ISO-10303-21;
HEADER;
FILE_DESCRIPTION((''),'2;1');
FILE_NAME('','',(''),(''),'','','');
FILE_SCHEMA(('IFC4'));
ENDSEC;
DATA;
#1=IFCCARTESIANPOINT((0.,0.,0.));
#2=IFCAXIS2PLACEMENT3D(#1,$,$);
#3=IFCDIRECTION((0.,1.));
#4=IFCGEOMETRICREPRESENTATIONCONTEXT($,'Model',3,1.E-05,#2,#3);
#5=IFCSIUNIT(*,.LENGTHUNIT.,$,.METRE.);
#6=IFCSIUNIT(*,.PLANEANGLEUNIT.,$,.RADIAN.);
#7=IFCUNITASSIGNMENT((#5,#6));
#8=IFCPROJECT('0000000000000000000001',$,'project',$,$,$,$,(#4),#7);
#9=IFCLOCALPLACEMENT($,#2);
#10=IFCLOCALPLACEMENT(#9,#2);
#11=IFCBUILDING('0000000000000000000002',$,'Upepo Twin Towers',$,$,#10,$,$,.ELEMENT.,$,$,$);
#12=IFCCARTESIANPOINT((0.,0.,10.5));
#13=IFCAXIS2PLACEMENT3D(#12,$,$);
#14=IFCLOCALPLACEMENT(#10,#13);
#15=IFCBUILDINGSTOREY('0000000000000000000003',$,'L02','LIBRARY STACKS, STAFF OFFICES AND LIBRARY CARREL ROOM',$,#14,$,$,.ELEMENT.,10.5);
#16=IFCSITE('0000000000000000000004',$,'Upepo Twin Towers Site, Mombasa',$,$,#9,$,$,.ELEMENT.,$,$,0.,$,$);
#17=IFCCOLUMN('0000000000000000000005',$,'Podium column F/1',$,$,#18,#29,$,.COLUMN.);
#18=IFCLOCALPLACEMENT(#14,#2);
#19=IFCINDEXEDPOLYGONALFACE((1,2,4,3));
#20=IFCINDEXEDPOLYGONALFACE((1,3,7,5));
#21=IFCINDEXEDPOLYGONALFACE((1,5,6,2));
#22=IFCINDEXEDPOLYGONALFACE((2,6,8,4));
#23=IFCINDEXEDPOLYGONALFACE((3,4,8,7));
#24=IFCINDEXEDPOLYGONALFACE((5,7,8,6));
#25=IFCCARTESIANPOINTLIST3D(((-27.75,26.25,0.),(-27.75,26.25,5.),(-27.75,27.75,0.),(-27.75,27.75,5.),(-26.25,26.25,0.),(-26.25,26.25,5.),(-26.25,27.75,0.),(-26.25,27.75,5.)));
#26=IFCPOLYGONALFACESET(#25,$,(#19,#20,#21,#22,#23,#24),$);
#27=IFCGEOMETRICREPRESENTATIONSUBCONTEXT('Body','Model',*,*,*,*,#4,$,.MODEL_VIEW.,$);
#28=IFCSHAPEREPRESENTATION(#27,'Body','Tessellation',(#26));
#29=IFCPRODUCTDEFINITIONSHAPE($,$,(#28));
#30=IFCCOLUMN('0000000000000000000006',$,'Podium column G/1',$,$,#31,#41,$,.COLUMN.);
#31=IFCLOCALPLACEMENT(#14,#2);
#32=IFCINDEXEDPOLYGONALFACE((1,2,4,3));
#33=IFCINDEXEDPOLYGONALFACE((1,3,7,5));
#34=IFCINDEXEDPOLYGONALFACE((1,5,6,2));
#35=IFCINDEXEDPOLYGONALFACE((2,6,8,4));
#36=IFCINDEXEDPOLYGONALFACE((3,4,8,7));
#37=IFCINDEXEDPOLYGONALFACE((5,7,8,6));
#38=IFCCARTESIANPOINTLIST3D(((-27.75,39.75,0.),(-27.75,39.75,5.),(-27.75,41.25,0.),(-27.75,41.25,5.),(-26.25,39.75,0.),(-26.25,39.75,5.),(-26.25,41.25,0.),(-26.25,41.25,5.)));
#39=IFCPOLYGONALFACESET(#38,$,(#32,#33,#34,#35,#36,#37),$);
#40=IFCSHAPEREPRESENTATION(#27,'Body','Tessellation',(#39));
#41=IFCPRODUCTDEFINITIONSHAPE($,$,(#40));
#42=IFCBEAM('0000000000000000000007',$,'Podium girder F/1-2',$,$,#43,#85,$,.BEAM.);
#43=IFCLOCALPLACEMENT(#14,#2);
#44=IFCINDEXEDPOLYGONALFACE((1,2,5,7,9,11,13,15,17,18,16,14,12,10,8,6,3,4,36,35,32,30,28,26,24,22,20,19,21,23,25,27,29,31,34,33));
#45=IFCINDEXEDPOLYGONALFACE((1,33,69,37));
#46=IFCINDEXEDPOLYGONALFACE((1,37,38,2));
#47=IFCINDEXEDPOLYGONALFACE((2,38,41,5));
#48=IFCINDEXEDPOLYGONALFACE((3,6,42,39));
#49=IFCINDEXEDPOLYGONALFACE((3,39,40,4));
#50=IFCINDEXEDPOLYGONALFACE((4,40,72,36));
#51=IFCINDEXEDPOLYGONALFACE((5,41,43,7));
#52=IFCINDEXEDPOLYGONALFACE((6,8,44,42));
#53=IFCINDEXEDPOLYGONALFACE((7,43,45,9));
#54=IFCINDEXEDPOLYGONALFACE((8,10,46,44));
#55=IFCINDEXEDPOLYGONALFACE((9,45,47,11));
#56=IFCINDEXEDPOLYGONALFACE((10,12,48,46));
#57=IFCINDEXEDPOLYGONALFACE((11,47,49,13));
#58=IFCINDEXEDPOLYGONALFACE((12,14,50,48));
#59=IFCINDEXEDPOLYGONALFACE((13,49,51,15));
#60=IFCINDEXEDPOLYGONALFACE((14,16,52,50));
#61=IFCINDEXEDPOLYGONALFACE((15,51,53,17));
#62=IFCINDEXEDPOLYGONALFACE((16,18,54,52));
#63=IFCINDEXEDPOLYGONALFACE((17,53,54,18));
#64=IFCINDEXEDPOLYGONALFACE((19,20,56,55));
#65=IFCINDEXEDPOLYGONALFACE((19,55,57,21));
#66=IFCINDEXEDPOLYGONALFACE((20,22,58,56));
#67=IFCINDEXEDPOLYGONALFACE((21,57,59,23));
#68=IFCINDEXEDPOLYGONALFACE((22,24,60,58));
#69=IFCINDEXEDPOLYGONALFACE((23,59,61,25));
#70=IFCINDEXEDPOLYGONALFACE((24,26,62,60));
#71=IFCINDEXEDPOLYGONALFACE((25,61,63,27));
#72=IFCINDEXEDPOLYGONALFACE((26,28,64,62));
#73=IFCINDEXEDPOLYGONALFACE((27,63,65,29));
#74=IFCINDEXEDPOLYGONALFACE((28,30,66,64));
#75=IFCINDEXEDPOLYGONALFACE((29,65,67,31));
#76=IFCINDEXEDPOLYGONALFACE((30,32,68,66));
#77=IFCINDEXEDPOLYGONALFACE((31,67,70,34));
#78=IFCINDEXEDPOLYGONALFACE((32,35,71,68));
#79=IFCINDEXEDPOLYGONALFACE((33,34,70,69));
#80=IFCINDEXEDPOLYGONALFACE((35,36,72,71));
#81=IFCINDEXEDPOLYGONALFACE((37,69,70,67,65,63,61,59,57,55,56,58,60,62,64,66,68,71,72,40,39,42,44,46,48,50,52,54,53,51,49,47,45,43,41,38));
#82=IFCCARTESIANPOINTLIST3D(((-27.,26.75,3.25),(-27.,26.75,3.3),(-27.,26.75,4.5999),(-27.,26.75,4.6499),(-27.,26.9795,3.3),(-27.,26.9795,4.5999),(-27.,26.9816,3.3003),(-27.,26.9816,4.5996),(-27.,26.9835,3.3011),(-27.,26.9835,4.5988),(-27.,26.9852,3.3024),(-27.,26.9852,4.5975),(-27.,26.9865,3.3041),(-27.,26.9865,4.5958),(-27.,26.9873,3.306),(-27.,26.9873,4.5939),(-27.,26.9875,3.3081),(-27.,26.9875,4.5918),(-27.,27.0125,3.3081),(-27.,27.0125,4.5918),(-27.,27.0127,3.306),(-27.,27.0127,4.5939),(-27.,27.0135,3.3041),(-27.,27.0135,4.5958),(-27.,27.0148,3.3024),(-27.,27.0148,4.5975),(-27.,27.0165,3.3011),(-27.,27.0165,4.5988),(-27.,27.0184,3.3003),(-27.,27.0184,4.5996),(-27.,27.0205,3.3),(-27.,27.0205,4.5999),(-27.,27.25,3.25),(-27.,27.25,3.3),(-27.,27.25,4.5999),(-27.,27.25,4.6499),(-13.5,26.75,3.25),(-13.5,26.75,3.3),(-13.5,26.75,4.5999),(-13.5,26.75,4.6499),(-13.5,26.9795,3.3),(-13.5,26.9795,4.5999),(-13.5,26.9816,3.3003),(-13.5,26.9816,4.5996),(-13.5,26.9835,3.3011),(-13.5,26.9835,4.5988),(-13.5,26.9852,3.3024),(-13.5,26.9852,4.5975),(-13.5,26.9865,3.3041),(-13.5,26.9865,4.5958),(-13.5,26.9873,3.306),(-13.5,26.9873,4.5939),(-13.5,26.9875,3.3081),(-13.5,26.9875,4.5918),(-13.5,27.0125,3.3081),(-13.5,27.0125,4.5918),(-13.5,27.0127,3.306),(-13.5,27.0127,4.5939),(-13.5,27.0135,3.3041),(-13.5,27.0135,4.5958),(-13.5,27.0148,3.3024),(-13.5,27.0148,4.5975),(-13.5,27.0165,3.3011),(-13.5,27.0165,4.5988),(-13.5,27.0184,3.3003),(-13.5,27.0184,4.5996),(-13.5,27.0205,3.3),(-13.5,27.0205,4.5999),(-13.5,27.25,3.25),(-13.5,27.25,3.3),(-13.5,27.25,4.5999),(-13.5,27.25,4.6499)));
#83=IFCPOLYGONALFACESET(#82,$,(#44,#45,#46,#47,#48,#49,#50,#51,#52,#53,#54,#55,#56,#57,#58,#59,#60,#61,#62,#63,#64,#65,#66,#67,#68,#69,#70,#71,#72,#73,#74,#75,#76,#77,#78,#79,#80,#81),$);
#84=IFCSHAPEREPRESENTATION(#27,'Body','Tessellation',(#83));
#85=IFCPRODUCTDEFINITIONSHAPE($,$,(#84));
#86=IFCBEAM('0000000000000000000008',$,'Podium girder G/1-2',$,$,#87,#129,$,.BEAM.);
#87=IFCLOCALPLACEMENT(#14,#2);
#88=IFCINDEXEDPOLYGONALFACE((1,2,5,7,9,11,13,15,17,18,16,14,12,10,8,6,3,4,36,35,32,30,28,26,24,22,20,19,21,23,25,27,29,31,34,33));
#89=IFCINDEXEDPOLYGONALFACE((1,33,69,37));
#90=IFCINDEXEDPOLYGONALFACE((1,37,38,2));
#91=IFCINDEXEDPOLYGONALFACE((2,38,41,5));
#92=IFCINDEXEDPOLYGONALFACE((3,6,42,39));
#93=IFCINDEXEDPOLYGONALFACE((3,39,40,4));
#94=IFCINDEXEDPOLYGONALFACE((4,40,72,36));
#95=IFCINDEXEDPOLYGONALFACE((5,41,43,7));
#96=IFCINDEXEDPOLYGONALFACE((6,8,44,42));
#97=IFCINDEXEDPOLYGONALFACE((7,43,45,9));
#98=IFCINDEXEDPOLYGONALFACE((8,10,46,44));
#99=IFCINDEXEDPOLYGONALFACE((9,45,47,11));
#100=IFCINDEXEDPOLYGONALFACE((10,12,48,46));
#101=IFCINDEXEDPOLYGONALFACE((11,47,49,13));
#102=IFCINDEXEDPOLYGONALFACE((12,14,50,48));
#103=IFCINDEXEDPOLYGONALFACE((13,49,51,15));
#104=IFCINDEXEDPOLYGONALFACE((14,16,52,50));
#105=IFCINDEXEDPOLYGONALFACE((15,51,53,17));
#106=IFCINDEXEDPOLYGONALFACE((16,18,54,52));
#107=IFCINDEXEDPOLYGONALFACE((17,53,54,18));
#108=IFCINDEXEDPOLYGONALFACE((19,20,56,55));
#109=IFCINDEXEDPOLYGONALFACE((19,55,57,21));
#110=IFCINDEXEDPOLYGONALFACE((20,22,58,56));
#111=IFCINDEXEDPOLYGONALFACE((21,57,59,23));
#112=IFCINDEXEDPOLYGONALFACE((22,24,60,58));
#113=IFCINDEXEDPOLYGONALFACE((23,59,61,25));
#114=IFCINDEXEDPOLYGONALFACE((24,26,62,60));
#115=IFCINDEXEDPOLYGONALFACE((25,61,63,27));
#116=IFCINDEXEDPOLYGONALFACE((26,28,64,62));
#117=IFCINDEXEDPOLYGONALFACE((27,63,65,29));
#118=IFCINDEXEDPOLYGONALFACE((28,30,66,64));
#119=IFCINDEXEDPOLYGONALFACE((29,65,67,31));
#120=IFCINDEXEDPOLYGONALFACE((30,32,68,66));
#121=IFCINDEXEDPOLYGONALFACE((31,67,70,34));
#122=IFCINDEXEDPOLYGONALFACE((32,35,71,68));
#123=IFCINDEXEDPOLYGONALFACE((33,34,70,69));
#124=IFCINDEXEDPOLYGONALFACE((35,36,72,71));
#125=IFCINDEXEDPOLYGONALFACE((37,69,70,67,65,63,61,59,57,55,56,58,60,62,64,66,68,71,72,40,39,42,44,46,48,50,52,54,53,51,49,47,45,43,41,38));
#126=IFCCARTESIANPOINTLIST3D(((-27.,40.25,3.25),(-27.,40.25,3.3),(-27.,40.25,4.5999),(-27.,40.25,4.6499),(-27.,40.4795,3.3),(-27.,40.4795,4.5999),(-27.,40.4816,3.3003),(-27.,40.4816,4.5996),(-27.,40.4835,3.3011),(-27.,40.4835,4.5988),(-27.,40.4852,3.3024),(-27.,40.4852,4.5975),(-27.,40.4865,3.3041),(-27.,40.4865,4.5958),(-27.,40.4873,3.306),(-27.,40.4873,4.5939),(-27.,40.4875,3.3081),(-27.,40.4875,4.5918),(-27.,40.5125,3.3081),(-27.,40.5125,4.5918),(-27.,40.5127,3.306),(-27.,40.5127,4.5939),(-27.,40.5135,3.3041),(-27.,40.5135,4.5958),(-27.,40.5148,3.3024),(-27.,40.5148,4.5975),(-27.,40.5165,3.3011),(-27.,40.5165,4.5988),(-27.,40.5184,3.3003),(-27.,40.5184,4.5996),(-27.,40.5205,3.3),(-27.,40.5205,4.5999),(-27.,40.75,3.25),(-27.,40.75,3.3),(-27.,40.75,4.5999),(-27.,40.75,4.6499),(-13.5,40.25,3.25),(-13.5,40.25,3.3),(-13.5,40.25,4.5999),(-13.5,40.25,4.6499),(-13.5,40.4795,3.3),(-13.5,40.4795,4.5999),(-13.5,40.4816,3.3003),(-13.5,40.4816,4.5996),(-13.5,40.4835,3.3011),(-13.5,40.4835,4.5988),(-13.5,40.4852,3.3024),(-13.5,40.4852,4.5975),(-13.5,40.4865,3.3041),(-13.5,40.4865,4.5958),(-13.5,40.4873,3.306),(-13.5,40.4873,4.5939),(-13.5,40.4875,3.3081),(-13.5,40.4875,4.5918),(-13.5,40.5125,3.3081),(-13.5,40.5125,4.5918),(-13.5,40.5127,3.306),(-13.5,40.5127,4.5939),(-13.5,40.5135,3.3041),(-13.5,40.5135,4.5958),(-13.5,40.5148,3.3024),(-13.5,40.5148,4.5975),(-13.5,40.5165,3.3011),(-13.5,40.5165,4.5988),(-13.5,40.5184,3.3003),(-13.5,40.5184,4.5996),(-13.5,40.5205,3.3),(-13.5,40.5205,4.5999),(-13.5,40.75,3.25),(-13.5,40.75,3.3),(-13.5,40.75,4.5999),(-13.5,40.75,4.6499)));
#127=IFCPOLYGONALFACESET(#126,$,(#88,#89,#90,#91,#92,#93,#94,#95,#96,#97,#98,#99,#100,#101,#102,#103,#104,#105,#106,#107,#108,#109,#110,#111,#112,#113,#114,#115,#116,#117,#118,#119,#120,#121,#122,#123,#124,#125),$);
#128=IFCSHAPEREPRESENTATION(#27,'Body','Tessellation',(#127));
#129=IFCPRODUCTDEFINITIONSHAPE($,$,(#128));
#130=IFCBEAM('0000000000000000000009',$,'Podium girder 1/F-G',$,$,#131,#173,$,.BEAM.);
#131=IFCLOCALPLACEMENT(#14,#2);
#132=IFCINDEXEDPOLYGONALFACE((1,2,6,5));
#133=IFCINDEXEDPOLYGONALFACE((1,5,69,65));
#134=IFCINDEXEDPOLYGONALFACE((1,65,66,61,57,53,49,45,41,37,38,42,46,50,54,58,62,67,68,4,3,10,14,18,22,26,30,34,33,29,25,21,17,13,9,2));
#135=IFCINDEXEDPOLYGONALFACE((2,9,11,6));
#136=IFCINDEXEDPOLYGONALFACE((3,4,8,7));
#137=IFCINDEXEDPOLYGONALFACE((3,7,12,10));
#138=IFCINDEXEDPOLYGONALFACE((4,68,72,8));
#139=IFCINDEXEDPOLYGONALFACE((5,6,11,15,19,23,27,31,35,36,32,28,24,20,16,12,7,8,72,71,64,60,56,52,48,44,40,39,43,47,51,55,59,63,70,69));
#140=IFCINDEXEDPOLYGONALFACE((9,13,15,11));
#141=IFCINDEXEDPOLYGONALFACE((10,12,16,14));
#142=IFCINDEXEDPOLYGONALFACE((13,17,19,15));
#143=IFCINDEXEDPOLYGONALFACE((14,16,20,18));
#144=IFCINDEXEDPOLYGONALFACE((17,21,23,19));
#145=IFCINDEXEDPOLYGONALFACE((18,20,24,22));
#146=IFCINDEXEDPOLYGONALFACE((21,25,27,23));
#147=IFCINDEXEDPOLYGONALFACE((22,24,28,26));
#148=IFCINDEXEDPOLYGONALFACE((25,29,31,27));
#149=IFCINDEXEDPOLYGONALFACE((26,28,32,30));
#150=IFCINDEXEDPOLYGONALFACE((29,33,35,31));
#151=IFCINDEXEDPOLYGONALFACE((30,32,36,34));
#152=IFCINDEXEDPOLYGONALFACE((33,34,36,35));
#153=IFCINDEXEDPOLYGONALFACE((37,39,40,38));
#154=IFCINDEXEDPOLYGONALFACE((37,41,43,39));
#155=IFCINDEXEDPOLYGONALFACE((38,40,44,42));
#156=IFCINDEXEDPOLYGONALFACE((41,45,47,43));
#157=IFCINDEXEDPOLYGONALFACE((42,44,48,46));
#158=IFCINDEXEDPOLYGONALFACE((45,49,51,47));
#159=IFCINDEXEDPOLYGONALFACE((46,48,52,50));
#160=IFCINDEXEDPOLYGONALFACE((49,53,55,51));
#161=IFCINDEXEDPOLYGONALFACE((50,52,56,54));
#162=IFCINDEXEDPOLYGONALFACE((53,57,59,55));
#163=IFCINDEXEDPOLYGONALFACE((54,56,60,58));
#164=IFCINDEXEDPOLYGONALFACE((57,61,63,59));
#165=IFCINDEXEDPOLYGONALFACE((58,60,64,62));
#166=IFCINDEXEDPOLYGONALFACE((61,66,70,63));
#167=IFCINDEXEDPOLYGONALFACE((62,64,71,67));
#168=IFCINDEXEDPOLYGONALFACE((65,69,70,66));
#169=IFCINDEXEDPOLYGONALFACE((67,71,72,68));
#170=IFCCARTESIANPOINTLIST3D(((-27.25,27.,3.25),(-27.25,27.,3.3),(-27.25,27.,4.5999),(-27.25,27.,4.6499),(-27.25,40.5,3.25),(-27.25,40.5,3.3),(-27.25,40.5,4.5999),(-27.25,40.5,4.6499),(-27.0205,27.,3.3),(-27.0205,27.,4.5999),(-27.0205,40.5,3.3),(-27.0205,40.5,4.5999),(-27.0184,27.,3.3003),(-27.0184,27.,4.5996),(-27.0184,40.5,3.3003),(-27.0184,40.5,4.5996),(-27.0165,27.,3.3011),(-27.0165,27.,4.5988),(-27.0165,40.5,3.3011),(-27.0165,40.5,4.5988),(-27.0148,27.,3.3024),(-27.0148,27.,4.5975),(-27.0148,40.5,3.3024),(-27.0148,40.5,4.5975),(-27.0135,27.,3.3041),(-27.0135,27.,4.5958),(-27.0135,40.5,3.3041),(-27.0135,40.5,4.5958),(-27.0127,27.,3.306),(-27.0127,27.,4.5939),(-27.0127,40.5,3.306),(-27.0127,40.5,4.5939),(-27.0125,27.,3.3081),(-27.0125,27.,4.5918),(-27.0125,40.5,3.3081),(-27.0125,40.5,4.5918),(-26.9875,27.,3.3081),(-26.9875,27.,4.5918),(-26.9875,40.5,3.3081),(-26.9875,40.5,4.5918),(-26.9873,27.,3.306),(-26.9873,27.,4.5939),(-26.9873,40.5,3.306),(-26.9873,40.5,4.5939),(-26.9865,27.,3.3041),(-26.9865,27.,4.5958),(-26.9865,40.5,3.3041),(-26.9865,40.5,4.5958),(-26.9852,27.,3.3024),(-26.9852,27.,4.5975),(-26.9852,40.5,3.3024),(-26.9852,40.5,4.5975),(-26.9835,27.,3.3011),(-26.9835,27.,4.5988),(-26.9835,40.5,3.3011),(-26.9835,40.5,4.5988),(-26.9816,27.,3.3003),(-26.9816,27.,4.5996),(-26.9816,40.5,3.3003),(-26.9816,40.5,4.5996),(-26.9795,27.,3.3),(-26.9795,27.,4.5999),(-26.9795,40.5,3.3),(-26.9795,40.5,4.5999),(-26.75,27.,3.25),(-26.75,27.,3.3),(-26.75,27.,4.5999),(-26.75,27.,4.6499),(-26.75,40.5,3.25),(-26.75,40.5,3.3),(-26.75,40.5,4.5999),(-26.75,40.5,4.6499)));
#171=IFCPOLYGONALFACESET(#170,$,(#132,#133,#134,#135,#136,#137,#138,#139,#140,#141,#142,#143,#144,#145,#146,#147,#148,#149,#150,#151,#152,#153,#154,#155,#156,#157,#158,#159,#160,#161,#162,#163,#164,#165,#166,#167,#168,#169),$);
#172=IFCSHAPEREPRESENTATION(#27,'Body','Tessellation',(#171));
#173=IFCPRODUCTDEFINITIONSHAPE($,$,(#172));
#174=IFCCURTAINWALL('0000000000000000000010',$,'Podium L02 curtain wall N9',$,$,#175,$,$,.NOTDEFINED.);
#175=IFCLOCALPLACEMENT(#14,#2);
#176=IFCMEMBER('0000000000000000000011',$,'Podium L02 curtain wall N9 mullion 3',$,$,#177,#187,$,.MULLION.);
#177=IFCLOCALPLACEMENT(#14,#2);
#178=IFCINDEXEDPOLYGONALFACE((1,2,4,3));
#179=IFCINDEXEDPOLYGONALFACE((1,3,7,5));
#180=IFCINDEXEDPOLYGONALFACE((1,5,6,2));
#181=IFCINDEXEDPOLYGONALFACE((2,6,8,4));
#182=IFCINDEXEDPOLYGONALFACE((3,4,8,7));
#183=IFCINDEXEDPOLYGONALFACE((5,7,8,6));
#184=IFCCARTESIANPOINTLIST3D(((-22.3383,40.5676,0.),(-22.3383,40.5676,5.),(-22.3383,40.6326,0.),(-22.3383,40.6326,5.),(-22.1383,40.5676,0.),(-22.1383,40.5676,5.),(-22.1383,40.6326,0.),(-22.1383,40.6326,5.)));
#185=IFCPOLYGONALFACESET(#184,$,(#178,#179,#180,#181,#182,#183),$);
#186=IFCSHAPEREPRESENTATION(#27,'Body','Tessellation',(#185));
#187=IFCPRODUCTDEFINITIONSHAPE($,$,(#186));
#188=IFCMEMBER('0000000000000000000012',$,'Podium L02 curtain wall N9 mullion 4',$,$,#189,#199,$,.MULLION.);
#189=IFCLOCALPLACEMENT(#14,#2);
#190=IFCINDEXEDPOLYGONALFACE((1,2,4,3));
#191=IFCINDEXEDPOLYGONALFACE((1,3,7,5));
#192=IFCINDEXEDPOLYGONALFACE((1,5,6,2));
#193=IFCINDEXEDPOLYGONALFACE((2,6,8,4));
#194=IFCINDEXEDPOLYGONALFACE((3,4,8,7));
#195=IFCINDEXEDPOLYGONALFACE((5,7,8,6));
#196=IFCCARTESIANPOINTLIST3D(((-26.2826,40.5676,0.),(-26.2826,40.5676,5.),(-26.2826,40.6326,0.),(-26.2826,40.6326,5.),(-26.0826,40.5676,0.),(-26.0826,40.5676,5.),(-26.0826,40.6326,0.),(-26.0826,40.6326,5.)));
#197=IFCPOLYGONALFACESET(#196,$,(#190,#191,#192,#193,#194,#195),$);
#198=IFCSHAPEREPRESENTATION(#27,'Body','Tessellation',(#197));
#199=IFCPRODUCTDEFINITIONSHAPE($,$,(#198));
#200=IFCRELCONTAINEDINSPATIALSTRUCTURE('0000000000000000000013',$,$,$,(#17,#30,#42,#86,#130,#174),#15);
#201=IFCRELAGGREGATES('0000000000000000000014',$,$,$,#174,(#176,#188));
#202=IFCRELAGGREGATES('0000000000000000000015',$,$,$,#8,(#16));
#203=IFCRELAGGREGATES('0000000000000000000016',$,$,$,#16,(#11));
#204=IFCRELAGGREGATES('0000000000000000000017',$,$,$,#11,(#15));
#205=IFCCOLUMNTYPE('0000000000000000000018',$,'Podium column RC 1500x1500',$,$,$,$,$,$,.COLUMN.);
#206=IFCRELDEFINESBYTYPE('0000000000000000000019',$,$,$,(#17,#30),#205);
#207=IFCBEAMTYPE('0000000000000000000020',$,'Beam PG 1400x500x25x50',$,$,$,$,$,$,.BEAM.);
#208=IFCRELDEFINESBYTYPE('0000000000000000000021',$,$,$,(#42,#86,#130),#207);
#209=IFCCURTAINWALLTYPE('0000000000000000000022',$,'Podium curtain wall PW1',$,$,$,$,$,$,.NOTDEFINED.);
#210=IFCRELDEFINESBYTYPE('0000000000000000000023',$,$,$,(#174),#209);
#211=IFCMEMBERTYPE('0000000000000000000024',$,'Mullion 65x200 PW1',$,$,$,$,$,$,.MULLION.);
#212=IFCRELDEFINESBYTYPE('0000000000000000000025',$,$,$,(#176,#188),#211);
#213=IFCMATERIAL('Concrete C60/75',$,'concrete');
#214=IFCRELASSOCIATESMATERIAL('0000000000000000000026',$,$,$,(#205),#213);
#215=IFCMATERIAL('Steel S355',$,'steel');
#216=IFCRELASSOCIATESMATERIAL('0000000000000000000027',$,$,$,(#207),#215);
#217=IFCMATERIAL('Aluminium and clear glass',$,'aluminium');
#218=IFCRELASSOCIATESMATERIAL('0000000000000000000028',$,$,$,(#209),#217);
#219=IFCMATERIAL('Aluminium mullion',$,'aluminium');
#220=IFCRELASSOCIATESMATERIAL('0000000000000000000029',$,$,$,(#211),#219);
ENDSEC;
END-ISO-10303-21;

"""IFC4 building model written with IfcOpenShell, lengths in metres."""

from ifc_helpers import new_model, si_unit, direction, frame, origin, origin_2d, place, context, subcontext, project, spatial, rectangle, i_section, extrude, material, material_profile, profile_set, type_object, element, aggregate, save


model = new_model("IFC4")

# Units and contexts
model_context = context("Model", 3, precision=1e-05, world=origin(), true_north=direction((0.0, 1.0)))
body_context = subcontext(model_context, "Body", "Model", "MODEL_VIEW")
ifc_project = project(units=[si_unit("LENGTHUNIT", "METRE"), si_unit("PLANEANGLEUNIT", "RADIAN")], contexts=[model_context])

# Site, building, storey
site_placement = place(None, origin())
site = spatial("IfcSite", under=ifc_project, at=site_placement, Name="Upepo Twin Towers Site, Mombasa", CompositionType="ELEMENT", RefElevation=0.0)
building_placement = place(site_placement, origin())
building = spatial("IfcBuilding", under=site, at=building_placement, Name="Upepo Twin Towers", CompositionType="ELEMENT")
storey_placement = place(building_placement, frame((0.0, 0.0, 10.5)))
storey = spatial("IfcBuildingStorey", under=building, at=storey_placement, Name="L02", Description="LIBRARY STACKS, STAFF OFFICES AND LIBRARY CARREL ROOM", CompositionType="ELEMENT", Elevation=10.5)

# Columns
ifc_material_1 = material(Name="Concrete C60/75", Category="concrete")
ifc_material_profile_1 = material_profile(ifc_material_1, rectangle(XDim=1.5, YDim=1.5, at=origin_2d()), Name="RC 1500x1500")
ifc_profile_set_1 = profile_set([ifc_material_profile_1], Name="Concrete C60/75")
column_type = type_object("IfcColumnType", Name="Podium column RC 1500x1500", PredefinedType="COLUMN", material=ifc_profile_set_1)
for number, where, z_axis, x_axis, name in (
    (1, (-27.0, 27.0, 0.0), (0.0, 0.0, 1.0), (1.0, 0.0, 0.0), "Podium column F/1"),
    (2, (-27.0, 40.5, 0.0), (0.0, 0.0, 1.0), (1.0, 0.0, 0.0), "Podium column G/1"),
):
    element("IfcColumn", number, at=place(storey_placement, frame(where, z_axis=z_axis, x_axis=x_axis)), inside=storey, type_object=column_type, Name=name, PredefinedType="COLUMN", context=body_context, shape_type="SweptSolid", body=[
        extrude(rectangle(XDim=1.5, YDim=1.5, at=origin_2d()), origin(), (0.0, 0.0, 1.0), 5.0),
    ])

# Beams
ifc_material_2 = material(Name="Steel S355", Category="steel")
ifc_material_profile_2 = material_profile(ifc_material_2, i_section(OverallWidth=0.5, OverallDepth=1.3999, WebThickness=0.0249, FlangeThickness=0.05, FilletRadius=0.0081, at=origin_2d()), Name="PG 1400x500x25x50")
ifc_profile_set_2 = profile_set([ifc_material_profile_2], Name="Steel S355")
beam_type_1 = type_object("IfcBeamType", Name="Beam PG 1400x500x25x50", PredefinedType="BEAM", material=ifc_profile_set_2)
for number, where, z_axis, x_axis, name in (
    (3, (-27.0, 27.0, 3.95), (1.0, 0.0, 0.0), (0.0, 1.0, 0.0), "Podium girder F/1-2"),
    (4, (-27.0, 40.5, 3.95), (1.0, 0.0, 0.0), (0.0, 1.0, 0.0), "Podium girder G/1-2"),
    (5, (-27.0, 27.0, 3.95), (0.0, 1.0, 0.0), (-1.0, 0.0, 0.0), "Podium girder 1/F-G"),
):
    element("IfcBeam", number, at=place(storey_placement, frame(where, z_axis=z_axis, x_axis=x_axis)), inside=storey, type_object=beam_type_1, Name=name, PredefinedType="BEAM", context=body_context, shape_type="SweptSolid", body=[
        extrude(i_section(OverallWidth=0.5, OverallDepth=1.3999, WebThickness=0.0249, FlangeThickness=0.05, FilletRadius=0.0081, at=origin_2d()), origin(), (0.0, 0.0, 1.0), 13.5),
    ])

# Curtain wall, members
ifc_material_3 = material(Name="Aluminium and clear glass", Category="aluminium")
curtain_wall_type = type_object("IfcCurtainWallType", Name="Podium curtain wall PW1", PredefinedType="NOTDEFINED", material=ifc_material_3)
curtain_wall_1_placement = place(storey_placement, origin())
curtain_wall_1 = element("IfcCurtainWall", 6, at=curtain_wall_1_placement, inside=storey, type_object=curtain_wall_type, Name="Podium L02 curtain wall N9", PredefinedType="NOTDEFINED")
ifc_material_4 = material(Name="Aluminium mullion", Category="aluminium")
ifc_material_profile_3 = material_profile(ifc_material_4, rectangle(XDim=0.0649, YDim=0.2, at=origin_2d()), Name="MULLION 65x200 PODIUM")
ifc_profile_set_3 = profile_set([ifc_material_profile_3], Name="Aluminium mullion")
member_type_1 = type_object("IfcMemberType", Name="Mullion 65x200 PW1", PredefinedType="MULLION", material=ifc_profile_set_3)
member_1_placement = place(storey_placement, frame((-22.2383, 40.6001, 0.0), z_axis=(0.0, 0.0, 1.0), x_axis=(0.0, -1.0, 0.0)))
member_1 = element("IfcMember", 7, at=member_1_placement, type_object=member_type_1, Name="Podium L02 curtain wall N9 mullion 3", PredefinedType="MULLION", context=body_context, shape_type="SweptSolid", body=[
    extrude(rectangle(XDim=0.0649, YDim=0.2, at=origin_2d()), origin(), (0.0, 0.0, 1.0), 5.0),
])
member_2_placement = place(storey_placement, frame((-26.1826, 40.6001, 0.0), z_axis=(0.0, 0.0, 1.0), x_axis=(0.0, -1.0, 0.0)))
member_2 = element("IfcMember", 8, at=member_2_placement, type_object=member_type_1, Name="Podium L02 curtain wall N9 mullion 4", PredefinedType="MULLION", context=body_context, shape_type="SweptSolid", body=[
    extrude(rectangle(XDim=0.0649, YDim=0.2, at=origin_2d()), origin(), (0.0, 0.0, 1.0), 5.0),
])

aggregate(curtain_wall_1, [member_1, member_2])

save(model, "model.ifc")
